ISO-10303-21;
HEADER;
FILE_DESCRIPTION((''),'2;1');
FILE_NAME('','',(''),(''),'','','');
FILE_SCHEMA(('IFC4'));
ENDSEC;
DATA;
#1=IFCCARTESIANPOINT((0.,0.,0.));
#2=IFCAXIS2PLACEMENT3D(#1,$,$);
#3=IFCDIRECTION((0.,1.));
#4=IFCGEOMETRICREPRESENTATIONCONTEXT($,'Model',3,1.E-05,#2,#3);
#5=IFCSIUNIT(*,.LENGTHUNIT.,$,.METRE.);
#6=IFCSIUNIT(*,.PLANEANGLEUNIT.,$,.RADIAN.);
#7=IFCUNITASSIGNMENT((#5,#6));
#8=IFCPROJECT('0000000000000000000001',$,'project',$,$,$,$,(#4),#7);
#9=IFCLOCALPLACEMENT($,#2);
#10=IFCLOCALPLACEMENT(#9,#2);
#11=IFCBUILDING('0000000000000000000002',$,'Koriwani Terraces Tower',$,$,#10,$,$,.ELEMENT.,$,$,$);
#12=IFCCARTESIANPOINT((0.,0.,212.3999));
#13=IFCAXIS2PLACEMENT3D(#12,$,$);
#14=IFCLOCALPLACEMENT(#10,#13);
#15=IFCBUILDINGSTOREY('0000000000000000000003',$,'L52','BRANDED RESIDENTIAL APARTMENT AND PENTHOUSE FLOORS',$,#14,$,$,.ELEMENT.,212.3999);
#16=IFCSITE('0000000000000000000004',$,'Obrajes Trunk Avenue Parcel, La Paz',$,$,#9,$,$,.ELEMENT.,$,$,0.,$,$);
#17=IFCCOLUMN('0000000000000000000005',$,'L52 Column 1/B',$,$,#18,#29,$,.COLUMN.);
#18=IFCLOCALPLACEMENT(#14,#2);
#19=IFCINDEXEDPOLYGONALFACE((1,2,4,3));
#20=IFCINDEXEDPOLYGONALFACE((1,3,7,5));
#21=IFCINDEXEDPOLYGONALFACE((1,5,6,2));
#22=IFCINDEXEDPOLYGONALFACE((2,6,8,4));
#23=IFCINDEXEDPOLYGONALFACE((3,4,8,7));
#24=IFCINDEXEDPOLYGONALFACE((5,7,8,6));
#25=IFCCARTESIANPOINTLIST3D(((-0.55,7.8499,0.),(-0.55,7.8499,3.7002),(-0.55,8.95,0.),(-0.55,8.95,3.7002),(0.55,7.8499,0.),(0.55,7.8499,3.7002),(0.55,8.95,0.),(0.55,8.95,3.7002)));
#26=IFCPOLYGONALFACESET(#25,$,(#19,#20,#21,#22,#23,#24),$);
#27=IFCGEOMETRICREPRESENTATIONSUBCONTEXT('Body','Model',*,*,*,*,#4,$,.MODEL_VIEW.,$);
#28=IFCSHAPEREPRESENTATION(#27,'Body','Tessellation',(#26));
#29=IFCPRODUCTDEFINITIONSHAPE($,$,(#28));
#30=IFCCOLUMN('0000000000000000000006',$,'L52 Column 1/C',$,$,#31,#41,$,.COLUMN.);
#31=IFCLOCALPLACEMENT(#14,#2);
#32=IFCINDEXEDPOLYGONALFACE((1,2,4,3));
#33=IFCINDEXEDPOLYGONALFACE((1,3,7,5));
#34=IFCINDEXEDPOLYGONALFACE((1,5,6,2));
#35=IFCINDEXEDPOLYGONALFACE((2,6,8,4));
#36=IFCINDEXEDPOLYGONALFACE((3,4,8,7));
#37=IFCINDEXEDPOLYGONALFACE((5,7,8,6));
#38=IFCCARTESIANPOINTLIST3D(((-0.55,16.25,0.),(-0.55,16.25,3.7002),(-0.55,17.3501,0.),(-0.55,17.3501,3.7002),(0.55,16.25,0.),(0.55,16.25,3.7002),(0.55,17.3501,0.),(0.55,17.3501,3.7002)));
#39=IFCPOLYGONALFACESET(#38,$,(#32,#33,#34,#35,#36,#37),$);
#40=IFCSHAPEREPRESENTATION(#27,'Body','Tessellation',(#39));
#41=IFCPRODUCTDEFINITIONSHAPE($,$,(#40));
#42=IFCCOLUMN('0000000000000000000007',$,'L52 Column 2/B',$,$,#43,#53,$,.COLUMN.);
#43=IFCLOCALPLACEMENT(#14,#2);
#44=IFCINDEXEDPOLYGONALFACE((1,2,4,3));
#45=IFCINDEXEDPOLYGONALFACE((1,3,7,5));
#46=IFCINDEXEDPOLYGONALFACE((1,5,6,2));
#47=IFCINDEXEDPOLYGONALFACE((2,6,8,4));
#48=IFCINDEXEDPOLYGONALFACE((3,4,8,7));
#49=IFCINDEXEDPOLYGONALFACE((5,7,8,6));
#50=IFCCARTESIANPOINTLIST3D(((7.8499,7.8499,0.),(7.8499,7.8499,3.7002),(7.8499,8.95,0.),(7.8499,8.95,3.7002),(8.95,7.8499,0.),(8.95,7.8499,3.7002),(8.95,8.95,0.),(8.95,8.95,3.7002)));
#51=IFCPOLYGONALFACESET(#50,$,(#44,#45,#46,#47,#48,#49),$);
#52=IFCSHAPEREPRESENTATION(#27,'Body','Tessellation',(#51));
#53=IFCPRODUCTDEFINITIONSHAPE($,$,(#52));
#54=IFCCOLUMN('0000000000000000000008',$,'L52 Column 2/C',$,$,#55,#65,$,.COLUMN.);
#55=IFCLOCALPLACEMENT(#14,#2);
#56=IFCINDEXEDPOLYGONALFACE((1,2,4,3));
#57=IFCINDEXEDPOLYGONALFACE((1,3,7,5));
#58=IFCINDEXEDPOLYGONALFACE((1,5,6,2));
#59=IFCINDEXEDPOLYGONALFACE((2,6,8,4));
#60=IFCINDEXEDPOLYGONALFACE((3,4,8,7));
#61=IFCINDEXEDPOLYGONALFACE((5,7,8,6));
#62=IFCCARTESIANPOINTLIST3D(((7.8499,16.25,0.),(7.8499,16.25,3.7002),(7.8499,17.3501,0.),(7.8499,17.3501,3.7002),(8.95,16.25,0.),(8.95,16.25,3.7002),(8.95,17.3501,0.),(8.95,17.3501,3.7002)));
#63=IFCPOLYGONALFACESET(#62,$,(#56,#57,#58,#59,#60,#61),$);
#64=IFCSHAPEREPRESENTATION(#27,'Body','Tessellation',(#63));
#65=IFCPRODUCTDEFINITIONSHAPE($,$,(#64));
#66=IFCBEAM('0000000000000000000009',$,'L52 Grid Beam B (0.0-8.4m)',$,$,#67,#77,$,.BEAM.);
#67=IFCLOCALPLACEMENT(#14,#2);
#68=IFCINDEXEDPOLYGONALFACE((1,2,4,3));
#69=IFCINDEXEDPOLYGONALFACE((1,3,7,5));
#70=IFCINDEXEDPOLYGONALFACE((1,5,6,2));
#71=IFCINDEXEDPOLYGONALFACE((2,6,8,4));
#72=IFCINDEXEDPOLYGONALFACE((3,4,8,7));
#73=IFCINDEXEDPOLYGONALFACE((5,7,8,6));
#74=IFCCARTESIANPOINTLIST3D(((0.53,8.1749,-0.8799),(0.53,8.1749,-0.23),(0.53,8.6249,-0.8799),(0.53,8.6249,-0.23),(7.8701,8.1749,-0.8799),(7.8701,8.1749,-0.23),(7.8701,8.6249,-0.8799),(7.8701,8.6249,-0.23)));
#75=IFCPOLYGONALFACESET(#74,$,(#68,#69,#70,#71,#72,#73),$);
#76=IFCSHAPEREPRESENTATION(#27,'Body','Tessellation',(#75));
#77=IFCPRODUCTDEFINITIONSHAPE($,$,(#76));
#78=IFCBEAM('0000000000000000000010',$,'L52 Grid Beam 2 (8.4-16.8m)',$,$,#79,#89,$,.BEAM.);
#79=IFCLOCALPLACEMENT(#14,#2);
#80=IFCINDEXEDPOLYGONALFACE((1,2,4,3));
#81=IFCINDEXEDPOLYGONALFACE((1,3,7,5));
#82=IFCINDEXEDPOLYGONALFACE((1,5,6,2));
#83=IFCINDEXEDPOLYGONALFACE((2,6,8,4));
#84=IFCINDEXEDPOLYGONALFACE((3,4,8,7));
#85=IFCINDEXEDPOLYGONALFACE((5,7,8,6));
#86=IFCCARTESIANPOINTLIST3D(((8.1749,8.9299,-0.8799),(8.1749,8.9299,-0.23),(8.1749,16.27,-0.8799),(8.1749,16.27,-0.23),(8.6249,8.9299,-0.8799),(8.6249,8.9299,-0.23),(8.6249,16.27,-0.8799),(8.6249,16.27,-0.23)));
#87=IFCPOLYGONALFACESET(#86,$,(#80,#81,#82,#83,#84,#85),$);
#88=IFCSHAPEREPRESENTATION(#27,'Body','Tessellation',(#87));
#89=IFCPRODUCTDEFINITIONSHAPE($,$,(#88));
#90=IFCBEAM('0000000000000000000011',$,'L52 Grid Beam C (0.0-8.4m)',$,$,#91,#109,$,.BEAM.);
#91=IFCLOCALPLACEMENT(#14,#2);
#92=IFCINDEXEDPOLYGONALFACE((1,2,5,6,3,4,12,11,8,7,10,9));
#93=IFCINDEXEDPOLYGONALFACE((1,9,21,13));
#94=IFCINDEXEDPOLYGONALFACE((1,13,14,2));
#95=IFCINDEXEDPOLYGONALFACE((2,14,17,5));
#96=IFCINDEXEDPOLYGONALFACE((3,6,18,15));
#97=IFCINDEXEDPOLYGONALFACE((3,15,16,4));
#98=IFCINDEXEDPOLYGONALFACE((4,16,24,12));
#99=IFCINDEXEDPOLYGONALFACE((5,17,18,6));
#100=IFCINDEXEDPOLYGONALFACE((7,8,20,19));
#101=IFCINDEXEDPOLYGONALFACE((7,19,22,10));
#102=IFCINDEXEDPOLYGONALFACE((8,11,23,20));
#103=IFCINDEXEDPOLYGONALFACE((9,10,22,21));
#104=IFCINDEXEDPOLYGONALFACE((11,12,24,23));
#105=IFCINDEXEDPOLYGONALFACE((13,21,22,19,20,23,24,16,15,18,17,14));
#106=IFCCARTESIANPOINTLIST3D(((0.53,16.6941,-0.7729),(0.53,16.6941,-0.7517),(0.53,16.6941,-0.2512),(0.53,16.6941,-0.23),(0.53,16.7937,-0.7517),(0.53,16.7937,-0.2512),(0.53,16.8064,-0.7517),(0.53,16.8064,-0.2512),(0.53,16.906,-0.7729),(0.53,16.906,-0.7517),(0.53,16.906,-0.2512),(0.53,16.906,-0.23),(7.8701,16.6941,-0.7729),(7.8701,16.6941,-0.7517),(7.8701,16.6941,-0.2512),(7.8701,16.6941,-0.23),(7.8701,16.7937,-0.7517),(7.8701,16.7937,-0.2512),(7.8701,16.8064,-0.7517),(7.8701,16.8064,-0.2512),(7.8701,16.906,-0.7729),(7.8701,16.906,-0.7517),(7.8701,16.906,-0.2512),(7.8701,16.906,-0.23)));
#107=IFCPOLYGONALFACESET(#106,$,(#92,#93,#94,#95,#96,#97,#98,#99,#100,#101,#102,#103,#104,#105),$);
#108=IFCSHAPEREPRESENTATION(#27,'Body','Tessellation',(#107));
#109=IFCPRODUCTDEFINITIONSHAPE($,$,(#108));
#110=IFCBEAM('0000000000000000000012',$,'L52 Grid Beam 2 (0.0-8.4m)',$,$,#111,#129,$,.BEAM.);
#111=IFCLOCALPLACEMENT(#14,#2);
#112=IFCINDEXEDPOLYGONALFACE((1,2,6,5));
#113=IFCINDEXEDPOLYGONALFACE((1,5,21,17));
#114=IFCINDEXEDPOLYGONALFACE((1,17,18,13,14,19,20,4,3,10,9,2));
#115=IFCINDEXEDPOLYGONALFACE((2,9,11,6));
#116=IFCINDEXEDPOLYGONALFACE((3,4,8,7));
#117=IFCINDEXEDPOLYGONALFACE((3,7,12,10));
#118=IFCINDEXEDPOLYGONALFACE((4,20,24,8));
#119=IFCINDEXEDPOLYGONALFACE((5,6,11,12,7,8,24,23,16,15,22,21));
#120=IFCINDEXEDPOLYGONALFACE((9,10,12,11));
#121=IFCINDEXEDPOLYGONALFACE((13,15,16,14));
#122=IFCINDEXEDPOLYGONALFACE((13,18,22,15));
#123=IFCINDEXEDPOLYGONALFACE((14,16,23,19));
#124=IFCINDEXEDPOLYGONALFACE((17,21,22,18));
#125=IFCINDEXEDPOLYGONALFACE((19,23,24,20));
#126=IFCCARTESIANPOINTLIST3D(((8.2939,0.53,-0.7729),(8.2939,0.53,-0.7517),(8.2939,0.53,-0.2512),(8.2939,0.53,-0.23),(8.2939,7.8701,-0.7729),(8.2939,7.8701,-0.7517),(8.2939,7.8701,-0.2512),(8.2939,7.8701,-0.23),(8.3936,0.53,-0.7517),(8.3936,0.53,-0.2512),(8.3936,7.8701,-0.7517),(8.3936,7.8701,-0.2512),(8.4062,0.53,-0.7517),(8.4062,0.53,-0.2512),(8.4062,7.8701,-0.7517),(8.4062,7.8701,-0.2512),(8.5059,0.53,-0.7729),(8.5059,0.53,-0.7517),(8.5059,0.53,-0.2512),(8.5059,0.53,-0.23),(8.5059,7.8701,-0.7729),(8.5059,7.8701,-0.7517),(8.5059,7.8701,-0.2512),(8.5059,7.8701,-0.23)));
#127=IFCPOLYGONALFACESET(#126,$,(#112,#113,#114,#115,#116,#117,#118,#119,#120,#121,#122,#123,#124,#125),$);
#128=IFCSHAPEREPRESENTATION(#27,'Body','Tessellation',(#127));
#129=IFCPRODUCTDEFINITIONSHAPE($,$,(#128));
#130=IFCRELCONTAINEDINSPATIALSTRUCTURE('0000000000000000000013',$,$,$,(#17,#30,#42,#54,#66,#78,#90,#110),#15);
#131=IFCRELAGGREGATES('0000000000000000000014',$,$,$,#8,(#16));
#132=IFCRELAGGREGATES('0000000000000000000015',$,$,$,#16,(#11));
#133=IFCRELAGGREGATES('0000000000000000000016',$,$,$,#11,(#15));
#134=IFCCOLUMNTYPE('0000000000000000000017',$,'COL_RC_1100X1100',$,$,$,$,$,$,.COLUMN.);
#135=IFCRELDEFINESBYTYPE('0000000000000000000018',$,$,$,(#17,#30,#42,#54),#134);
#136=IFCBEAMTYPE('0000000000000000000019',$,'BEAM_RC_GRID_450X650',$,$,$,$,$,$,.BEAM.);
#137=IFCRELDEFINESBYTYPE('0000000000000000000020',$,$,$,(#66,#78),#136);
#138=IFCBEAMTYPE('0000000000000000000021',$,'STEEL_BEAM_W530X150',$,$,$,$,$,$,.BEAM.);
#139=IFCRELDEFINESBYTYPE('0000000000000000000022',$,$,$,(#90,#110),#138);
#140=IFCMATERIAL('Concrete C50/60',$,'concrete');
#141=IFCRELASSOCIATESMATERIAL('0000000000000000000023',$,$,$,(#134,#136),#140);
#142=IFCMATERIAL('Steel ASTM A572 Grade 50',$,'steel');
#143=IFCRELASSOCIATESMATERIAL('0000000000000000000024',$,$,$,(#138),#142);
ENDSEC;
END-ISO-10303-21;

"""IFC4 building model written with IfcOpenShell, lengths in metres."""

from ifc_helpers import new_model, si_unit, direction, frame, origin, origin_2d, place, context, subcontext, project, spatial, rectangle, i_section, extrude, material, material_profile, profile_set, type_object, element, save


model = new_model("IFC4")

# Units and contexts
model_context = context("Model", 3, precision=1e-05, world=origin(), true_north=direction((0.0, 1.0)))
body_context = subcontext(model_context, "Body", "Model", "MODEL_VIEW")
ifc_project = project(units=[si_unit("LENGTHUNIT", "METRE"), si_unit("PLANEANGLEUNIT", "RADIAN")], contexts=[model_context])

# Site, building, storey
site_placement = place(None, origin())
site = spatial("IfcSite", under=ifc_project, at=site_placement, Name="Obrajes Trunk Avenue Parcel, La Paz", CompositionType="ELEMENT", RefElevation=0.0)
building_placement = place(site_placement, origin())
building = spatial("IfcBuilding", under=site, at=building_placement, Name="Koriwani Terraces Tower", CompositionType="ELEMENT")
storey_placement = place(building_placement, frame((0.0, 0.0, 212.3999)))
storey = spatial("IfcBuildingStorey", under=building, at=storey_placement, Name="L52", Description="BRANDED RESIDENTIAL APARTMENT AND PENTHOUSE FLOORS", CompositionType="ELEMENT", Elevation=212.3999)

# Columns
ifc_material_1 = material(Name="Concrete C50/60", Category="concrete")
ifc_material_profile_1 = material_profile(ifc_material_1, rectangle(XDim=1.1001, YDim=1.1001, at=origin_2d()), Name="Concrete C50/60", Category="LoadBearing")
ifc_profile_set_1 = profile_set([ifc_material_profile_1], Name="Concrete C50/60")
column_type = type_object("IfcColumnType", Name="COL_RC_1100X1100", PredefinedType="COLUMN", material=ifc_profile_set_1)
for number, where, z_axis, x_axis, name in (
    (1, (0.0, 8.3999, 0.0), (0.0, 0.0, 1.0), (1.0, 0.0, 0.0), "L52 Column 1/B"),
    (2, (0.0, 16.8, 0.0), (0.0, 0.0, 1.0), (1.0, 0.0, 0.0), "L52 Column 1/C"),
    (3, (8.3999, 8.3999, 0.0), (0.0, 0.0, 1.0), (1.0, 0.0, 0.0), "L52 Column 2/B"),
    (4, (8.3999, 16.8, 0.0), (0.0, 0.0, 1.0), (1.0, 0.0, 0.0), "L52 Column 2/C"),
):
    element("IfcColumn", number, at=place(storey_placement, frame(where, z_axis=z_axis, x_axis=x_axis)), inside=storey, type_object=column_type, Name=name, PredefinedType="COLUMN", context=body_context, shape_type="SweptSolid", body=[
        extrude(rectangle(XDim=1.1001, YDim=1.1001, at=origin_2d()), origin(), (0.0, 0.0, 1.0), 3.7002),
    ])

# Beams
ifc_material_profile_2 = material_profile(ifc_material_1, rectangle(XDim=0.45, YDim=0.6499, at=origin_2d()), Name="Concrete C50/60", Category="LoadBearing")
ifc_profile_set_2 = profile_set([ifc_material_profile_2], Name="Concrete C50/60")
beam_type_1 = type_object("IfcBeamType", Name="BEAM_RC_GRID_450X650", PredefinedType="BEAM", material=ifc_profile_set_2)
for number, where, z_axis, x_axis, name in (
    (5, (0.53, 8.3999, -0.5549), (1.0, 0.0, 0.0), (0.0, 1.0, 0.0), "L52 Grid Beam B (0.0-8.4m)"),
    (6, (8.3999, 8.9299, -0.5549), (0.0, 1.0, 0.0), (-1.0, 0.0, 0.0), "L52 Grid Beam 2 (8.4-16.8m)"),
):
    element("IfcBeam", number, at=place(storey_placement, frame(where, z_axis=z_axis, x_axis=x_axis)), inside=storey, type_object=beam_type_1, Name=name, PredefinedType="BEAM", context=body_context, shape_type="SweptSolid", body=[
        extrude(rectangle(XDim=0.45, YDim=0.6499, at=origin_2d()), origin(), (0.0, 0.0, 1.0), 7.3401),
    ])
ifc_material_2 = material(Name="Steel ASTM A572 Grade 50", Category="steel")
ifc_material_profile_3 = material_profile(ifc_material_2, i_section(OverallWidth=0.2119, OverallDepth=0.543, WebThickness=0.0127, FlangeThickness=0.0212, at=origin_2d()), Name="Steel ASTM A572 Grade 50", Category="LoadBearing")
ifc_profile_set_3 = profile_set([ifc_material_profile_3], Name="Steel ASTM A572 Grade 50")
beam_type_2 = type_object("IfcBeamType", Name="STEEL_BEAM_W530X150", PredefinedType="BEAM", material=ifc_profile_set_3)
for number, where, z_axis, x_axis, name in (
    (7, (0.53, 16.8, -0.5015), (1.0, 0.0, 0.0), (0.0, 1.0, 0.0), "L52 Grid Beam C (0.0-8.4m)"),
    (8, (8.3999, 0.53, -0.5015), (0.0, 1.0, 0.0), (-1.0, 0.0, 0.0), "L52 Grid Beam 2 (0.0-8.4m)"),
):
    element("IfcBeam", number, at=place(storey_placement, frame(where, z_axis=z_axis, x_axis=x_axis)), inside=storey, type_object=beam_type_2, Name=name, PredefinedType="BEAM", context=body_context, shape_type="SweptSolid", body=[
        extrude(i_section(OverallWidth=0.2119, OverallDepth=0.543, WebThickness=0.0127, FlangeThickness=0.0212, at=origin_2d()), origin(), (0.0, 0.0, 1.0), 7.3401),
    ])

save(model, "model.ifc")
